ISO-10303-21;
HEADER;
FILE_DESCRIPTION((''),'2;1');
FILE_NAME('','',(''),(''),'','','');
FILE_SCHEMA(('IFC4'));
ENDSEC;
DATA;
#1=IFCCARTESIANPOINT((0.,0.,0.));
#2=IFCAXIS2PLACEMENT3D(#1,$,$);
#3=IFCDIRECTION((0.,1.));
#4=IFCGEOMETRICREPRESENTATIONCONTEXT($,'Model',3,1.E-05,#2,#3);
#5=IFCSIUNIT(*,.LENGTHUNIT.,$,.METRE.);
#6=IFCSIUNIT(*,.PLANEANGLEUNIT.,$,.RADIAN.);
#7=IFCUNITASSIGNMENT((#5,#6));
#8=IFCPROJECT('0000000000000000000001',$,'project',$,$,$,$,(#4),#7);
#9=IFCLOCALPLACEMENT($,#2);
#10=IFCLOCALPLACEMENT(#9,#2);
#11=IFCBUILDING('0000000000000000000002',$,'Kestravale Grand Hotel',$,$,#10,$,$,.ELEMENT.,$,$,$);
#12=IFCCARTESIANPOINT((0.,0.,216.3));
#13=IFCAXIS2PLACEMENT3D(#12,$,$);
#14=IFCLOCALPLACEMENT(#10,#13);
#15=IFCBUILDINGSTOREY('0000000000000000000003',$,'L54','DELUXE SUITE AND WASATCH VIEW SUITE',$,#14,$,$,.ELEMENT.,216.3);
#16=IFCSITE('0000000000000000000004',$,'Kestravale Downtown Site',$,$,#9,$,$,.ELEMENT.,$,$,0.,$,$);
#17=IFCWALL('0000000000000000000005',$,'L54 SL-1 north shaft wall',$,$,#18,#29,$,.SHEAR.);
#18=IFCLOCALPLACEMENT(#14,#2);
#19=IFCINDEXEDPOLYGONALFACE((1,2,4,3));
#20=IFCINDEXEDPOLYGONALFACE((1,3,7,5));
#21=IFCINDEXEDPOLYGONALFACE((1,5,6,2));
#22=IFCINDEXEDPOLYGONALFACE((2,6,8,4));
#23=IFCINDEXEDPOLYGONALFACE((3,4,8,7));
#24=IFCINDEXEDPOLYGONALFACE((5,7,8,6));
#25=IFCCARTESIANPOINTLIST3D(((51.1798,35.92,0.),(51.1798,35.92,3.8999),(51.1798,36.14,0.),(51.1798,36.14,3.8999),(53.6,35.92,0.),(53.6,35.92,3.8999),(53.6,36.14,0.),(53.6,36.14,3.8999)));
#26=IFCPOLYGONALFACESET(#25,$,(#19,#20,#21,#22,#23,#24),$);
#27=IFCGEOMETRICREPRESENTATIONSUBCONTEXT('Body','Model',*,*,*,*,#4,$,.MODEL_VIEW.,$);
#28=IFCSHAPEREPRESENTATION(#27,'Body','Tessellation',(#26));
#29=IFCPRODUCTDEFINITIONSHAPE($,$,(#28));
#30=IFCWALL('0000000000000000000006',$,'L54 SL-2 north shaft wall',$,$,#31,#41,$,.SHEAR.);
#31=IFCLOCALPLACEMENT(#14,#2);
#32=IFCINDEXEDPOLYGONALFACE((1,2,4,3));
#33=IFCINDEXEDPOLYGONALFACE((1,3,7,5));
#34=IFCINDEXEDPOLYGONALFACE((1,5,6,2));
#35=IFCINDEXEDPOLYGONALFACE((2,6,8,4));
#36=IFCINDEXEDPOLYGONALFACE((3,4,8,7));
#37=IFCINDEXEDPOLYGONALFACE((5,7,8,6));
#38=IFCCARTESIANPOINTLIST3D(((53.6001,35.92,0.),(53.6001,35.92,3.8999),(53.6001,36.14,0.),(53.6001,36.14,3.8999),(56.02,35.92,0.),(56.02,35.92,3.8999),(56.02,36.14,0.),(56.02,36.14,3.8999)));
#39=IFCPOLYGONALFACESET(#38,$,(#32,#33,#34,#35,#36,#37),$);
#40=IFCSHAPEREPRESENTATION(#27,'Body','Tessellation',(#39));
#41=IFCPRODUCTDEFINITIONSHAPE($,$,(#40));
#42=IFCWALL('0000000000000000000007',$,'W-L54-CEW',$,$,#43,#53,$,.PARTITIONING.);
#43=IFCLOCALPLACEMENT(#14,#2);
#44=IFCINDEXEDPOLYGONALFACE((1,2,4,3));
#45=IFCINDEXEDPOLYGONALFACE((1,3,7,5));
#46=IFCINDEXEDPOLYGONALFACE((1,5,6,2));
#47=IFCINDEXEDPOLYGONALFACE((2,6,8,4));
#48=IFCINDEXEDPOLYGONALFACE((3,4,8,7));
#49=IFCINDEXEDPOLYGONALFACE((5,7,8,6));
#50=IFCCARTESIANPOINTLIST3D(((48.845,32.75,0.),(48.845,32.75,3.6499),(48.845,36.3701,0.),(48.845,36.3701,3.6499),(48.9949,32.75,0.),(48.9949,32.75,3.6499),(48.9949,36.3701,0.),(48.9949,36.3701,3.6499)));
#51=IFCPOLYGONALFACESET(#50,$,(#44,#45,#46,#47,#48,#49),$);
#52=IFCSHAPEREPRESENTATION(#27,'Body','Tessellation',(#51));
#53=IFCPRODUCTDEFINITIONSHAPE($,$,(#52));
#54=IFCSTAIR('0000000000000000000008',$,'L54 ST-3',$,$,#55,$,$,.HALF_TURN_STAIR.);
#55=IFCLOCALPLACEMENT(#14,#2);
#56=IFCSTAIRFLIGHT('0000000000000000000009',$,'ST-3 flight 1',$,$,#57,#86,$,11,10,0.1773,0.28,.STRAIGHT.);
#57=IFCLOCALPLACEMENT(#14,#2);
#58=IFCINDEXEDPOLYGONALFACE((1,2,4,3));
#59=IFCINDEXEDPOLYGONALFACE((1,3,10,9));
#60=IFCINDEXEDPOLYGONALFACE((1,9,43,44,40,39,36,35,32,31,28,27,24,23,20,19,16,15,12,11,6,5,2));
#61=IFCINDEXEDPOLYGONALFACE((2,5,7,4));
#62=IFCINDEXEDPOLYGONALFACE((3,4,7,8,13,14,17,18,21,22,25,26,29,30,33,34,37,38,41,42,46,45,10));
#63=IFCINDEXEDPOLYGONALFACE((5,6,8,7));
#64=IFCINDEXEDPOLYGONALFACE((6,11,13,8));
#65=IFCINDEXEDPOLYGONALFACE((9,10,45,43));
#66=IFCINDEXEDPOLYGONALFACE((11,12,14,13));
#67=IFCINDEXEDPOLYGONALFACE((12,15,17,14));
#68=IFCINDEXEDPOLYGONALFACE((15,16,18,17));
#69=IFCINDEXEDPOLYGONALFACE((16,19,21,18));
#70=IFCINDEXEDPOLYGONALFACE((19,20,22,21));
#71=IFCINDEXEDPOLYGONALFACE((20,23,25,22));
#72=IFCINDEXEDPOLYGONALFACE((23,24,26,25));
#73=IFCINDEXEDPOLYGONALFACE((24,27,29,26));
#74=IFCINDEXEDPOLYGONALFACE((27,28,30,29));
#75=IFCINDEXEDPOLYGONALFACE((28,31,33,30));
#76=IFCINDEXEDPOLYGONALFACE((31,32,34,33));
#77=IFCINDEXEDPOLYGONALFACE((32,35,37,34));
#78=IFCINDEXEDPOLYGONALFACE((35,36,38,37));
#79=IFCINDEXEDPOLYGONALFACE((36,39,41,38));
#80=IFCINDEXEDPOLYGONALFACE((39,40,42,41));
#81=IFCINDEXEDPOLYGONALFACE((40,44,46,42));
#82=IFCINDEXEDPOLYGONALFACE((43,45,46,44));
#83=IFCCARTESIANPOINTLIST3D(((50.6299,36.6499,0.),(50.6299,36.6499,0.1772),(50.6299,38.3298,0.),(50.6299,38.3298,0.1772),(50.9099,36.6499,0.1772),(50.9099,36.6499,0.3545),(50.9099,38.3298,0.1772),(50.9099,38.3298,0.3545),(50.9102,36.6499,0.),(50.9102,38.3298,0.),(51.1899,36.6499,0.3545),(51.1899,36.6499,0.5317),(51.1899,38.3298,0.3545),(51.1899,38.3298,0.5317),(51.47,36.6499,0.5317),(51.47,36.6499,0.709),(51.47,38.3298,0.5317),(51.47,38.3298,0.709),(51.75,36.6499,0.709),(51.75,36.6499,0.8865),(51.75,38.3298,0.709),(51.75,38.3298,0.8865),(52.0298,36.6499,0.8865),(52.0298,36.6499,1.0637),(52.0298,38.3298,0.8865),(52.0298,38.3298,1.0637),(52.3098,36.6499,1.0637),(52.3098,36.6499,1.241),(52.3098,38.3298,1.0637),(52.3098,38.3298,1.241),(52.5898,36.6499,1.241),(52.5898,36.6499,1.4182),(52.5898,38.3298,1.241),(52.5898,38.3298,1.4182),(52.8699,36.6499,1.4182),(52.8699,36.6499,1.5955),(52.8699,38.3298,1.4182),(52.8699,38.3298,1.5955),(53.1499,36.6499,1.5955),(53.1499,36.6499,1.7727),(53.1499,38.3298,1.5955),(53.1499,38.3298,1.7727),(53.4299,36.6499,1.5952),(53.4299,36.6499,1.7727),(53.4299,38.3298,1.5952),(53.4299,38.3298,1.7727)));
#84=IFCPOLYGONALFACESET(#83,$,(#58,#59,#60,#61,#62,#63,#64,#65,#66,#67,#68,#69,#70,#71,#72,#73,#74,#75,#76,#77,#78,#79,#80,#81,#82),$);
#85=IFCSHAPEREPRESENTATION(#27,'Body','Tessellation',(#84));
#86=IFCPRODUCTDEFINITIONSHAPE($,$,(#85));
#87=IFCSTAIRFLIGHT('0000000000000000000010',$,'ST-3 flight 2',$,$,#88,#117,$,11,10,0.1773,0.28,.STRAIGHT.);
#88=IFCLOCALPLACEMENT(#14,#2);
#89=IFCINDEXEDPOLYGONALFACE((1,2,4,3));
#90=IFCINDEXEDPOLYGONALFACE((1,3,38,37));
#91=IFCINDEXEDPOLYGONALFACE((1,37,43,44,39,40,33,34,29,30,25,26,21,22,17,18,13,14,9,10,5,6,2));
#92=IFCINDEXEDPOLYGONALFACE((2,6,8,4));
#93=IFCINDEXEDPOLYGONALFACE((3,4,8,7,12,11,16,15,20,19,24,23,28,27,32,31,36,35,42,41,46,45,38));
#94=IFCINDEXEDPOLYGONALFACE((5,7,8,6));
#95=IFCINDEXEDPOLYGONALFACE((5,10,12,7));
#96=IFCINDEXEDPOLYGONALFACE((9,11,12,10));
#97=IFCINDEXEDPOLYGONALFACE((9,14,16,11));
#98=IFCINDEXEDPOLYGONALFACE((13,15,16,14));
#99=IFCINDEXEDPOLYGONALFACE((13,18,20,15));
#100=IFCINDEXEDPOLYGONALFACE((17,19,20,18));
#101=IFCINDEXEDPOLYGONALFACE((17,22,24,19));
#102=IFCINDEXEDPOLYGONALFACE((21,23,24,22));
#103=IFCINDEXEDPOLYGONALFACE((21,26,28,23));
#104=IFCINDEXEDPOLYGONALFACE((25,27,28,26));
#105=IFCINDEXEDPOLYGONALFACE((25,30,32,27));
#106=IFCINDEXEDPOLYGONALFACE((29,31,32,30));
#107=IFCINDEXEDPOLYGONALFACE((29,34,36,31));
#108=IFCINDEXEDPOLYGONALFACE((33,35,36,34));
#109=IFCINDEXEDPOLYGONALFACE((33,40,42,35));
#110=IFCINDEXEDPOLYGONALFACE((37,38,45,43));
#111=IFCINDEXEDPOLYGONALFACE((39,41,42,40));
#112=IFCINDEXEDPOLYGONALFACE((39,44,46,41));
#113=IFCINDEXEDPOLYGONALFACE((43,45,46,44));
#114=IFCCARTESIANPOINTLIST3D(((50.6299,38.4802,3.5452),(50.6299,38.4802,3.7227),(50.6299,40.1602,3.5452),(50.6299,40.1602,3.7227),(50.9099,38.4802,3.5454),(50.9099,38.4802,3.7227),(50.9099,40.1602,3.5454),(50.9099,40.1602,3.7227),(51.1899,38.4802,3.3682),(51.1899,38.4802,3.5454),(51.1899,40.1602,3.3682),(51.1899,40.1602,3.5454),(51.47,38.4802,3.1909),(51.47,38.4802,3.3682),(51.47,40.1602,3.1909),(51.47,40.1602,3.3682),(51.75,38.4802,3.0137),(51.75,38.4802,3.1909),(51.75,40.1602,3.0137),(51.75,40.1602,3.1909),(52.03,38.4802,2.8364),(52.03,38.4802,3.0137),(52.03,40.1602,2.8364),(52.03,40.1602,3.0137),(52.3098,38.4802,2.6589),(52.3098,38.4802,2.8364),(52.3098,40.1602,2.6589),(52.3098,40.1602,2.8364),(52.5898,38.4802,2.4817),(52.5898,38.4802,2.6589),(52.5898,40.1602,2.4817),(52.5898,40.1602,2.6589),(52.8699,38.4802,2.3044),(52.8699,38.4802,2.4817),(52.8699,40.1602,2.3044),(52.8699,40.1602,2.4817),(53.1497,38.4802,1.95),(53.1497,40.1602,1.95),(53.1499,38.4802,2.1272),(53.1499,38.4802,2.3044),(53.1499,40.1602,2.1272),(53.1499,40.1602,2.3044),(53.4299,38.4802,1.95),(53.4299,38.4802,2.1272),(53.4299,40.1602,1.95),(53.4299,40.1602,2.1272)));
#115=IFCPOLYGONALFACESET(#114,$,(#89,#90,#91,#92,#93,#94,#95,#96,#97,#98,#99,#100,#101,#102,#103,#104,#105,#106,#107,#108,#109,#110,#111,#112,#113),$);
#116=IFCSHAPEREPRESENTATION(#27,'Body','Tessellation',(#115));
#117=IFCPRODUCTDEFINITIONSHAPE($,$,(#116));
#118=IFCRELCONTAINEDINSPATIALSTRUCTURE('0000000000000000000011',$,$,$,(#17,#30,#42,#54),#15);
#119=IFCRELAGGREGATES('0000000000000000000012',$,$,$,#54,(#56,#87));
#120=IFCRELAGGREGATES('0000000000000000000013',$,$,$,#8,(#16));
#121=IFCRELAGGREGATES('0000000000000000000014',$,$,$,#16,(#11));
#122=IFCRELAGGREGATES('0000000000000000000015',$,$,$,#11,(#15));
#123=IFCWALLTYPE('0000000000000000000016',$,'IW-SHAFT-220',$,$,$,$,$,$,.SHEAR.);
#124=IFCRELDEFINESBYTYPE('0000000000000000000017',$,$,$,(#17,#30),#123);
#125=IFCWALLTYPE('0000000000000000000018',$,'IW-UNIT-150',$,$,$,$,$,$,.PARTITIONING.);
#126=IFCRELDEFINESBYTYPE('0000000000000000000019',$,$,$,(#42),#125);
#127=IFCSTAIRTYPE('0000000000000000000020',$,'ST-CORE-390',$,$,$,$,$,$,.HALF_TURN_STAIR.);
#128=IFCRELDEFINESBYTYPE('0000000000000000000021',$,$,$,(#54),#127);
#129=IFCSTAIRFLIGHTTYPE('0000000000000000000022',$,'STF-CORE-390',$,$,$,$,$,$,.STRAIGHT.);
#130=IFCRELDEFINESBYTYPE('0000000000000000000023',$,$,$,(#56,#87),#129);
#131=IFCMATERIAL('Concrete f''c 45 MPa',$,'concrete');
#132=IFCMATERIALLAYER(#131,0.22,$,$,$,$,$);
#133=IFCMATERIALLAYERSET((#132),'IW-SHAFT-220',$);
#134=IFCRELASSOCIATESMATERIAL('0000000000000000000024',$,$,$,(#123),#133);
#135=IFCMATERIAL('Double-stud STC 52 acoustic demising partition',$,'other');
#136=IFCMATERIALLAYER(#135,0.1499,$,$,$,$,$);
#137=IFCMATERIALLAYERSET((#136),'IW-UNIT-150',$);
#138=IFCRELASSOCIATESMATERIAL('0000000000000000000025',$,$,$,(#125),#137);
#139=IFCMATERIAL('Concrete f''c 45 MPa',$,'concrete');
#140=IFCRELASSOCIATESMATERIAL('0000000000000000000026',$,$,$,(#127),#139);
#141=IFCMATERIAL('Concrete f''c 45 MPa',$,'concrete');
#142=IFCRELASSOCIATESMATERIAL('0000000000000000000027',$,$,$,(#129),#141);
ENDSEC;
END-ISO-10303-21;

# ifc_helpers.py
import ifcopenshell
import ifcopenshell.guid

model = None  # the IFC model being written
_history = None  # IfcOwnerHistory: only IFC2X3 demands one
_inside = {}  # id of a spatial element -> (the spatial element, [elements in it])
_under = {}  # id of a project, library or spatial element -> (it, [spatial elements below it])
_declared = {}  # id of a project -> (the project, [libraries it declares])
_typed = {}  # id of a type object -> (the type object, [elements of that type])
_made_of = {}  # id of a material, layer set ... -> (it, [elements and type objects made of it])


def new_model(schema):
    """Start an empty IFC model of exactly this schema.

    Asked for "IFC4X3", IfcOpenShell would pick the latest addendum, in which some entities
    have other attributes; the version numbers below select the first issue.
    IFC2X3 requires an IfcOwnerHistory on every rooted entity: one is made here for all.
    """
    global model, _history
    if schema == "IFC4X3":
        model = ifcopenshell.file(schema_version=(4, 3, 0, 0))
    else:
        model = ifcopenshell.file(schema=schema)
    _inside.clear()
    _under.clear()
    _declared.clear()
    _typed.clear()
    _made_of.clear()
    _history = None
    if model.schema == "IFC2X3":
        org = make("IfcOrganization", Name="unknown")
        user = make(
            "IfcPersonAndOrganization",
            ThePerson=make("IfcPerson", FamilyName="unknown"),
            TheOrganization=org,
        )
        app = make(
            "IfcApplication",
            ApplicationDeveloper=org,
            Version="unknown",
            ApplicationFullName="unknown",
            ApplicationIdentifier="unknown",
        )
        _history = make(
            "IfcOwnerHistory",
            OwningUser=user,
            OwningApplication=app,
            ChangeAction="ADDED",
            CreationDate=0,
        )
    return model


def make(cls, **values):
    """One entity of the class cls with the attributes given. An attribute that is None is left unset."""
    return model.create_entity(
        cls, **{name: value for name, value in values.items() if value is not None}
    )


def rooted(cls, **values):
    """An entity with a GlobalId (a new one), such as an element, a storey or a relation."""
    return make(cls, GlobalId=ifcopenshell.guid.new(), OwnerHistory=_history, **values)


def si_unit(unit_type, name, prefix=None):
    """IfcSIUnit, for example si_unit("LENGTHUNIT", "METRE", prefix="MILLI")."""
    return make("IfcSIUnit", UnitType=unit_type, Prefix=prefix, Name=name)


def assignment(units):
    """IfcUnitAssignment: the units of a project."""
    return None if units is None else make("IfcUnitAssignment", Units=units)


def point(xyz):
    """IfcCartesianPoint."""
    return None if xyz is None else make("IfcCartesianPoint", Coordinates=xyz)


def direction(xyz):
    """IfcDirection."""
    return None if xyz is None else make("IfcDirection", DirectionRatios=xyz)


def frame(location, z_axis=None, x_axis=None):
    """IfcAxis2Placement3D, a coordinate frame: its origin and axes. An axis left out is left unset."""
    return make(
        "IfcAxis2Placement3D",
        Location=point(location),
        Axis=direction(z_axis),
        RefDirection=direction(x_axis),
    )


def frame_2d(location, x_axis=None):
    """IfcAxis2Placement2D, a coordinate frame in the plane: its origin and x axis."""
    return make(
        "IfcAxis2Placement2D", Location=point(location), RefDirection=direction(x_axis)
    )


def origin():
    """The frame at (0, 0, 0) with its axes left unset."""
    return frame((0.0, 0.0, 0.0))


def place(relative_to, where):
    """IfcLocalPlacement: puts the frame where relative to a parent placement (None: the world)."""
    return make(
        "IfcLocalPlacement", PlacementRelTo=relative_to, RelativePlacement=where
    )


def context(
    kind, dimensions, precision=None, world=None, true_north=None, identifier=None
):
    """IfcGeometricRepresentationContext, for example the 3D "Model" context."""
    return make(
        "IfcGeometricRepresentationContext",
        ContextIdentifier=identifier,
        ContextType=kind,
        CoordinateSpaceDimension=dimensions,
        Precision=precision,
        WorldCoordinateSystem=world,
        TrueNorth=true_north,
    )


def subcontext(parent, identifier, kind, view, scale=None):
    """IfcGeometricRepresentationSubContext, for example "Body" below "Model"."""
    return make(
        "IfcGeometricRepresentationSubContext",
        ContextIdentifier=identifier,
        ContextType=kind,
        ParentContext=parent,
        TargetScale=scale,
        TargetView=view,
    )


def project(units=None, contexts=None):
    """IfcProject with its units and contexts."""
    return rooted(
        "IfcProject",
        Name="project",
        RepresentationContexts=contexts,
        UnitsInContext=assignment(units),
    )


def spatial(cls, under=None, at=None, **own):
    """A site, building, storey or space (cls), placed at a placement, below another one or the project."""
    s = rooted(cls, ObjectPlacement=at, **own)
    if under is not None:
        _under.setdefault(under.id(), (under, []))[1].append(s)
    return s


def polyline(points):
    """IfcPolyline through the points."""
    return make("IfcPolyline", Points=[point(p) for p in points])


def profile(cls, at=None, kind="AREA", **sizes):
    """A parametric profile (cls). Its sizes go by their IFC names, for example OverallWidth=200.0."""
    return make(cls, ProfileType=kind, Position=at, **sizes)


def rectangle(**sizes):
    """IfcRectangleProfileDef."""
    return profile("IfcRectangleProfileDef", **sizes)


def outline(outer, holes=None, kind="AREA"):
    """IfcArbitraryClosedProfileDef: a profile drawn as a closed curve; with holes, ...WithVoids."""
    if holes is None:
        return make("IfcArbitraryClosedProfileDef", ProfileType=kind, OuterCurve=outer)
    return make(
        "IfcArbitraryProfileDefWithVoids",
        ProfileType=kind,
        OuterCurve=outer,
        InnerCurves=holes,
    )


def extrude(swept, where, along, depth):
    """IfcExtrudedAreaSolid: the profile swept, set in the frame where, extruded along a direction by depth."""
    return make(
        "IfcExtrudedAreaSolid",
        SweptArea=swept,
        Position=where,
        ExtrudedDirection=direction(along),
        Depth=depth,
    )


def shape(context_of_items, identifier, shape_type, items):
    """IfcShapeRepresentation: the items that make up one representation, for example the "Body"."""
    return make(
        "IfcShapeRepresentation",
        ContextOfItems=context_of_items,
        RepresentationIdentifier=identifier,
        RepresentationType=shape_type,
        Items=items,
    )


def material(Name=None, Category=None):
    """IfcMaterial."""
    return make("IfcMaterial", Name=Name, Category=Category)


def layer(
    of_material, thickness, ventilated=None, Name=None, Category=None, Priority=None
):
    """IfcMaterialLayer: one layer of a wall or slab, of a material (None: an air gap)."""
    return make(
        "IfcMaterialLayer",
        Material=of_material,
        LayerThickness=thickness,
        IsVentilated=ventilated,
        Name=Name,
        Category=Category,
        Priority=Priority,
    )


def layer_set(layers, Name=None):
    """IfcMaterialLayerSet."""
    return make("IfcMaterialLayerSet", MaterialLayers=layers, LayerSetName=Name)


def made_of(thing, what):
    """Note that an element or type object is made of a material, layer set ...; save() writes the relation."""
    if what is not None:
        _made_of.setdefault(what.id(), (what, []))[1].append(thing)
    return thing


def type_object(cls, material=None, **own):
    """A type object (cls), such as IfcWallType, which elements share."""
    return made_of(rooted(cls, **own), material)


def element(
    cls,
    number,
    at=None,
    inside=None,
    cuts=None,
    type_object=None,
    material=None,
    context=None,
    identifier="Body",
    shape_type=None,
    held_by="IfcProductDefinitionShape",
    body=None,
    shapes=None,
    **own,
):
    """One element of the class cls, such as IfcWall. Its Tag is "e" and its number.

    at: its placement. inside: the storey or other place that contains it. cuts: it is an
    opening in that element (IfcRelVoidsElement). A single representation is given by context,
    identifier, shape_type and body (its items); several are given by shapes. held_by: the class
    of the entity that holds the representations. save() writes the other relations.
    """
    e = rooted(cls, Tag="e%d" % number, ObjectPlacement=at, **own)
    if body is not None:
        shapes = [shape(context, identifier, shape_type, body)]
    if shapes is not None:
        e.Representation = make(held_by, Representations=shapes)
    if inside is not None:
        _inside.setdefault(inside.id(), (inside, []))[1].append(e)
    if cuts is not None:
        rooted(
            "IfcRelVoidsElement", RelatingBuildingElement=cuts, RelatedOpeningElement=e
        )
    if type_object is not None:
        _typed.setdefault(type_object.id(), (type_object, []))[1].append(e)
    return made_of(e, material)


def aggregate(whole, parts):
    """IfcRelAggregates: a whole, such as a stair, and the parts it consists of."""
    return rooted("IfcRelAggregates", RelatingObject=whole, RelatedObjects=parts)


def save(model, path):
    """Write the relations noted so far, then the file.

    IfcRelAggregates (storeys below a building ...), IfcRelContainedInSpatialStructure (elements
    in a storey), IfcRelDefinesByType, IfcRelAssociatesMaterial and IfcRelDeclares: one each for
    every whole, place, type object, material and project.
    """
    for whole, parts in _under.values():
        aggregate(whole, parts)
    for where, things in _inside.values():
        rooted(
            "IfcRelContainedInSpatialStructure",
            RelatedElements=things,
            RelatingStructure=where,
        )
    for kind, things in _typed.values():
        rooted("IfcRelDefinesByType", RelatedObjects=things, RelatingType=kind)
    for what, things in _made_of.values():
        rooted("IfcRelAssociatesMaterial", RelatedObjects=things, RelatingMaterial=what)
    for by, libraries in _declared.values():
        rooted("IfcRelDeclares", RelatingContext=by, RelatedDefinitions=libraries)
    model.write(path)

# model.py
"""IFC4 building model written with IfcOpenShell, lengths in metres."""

from ifc_helpers import new_model, si_unit, direction, frame, frame_2d, origin, place, context, subcontext, project, spatial, polyline, rectangle, outline, extrude, material, layer, layer_set, type_object, element, aggregate, save


model = new_model("IFC4")

# Units and contexts
model_context = context("Model", 3, precision=1e-05, world=origin(), true_north=direction((0.0, 1.0)))
body_context = subcontext(model_context, "Body", "Model", "MODEL_VIEW")
ifc_project = project(units=[si_unit("LENGTHUNIT", "METRE"), si_unit("PLANEANGLEUNIT", "RADIAN")], contexts=[model_context])

# Site, building, storey
site_placement = place(None, origin())
site = spatial("IfcSite", under=ifc_project, at=site_placement, Name="Kestravale Downtown Site", CompositionType="ELEMENT", RefElevation=0.0)
building_placement = place(site_placement, origin())
building = spatial("IfcBuilding", under=site, at=building_placement, Name="Kestravale Grand Hotel", CompositionType="ELEMENT")
storey_placement = place(building_placement, frame((0.0, 0.0, 216.3)))
storey = spatial("IfcBuildingStorey", under=building, at=storey_placement, Name="L54", Description="DELUXE SUITE AND WASATCH VIEW SUITE", CompositionType="ELEMENT", Elevation=216.3)

# Wall
ifc_material_1 = material(Name="Concrete f'c 45 MPa", Category="concrete")
ifc_layer_1 = layer(ifc_material_1, 0.22)
ifc_layer_set_1 = layer_set([ifc_layer_1], Name="IW-SHAFT-220")
wall_type_1 = type_object("IfcWallType", Name="IW-SHAFT-220", PredefinedType="SHEAR", material=ifc_layer_set_1)
wall_1_placement = place(storey_placement, frame((51.1799, 36.03, 0.0), z_axis=(0.0, 0.0, 1.0), x_axis=(1.0, 0.0, 0.0)))
element("IfcWall", 1, at=wall_1_placement, inside=storey, type_object=wall_type_1, Name="L54 SL-1 north shaft wall", PredefinedType="SHEAR", context=body_context, shape_type="SweptSolid", body=[
    extrude(rectangle(XDim=2.4202, YDim=0.22, at=frame_2d((1.21, 0.0))), origin(), (0.0, 0.0, 1.0), 3.8999),
])

# Wall
wall_2_placement = place(storey_placement, frame((53.6001, 36.03, 0.0), z_axis=(0.0, 0.0, 1.0), x_axis=(1.0, 0.0, 0.0)))
element("IfcWall", 2, at=wall_2_placement, inside=storey, type_object=wall_type_1, Name="L54 SL-2 north shaft wall", PredefinedType="SHEAR", context=body_context, shape_type="SweptSolid", body=[
    extrude(rectangle(XDim=2.4199, YDim=0.22, at=frame_2d((1.21, 0.0))), origin(), (0.0, 0.0, 1.0), 3.8999),
])

# Wall
ifc_material_2 = material(Name="Double-stud STC 52 acoustic demising partition", Category="other")
ifc_layer_2 = layer(ifc_material_2, 0.1499)
ifc_layer_set_2 = layer_set([ifc_layer_2], Name="IW-UNIT-150")
wall_type_2 = type_object("IfcWallType", Name="IW-UNIT-150", PredefinedType="PARTITIONING", material=ifc_layer_set_2)
wall_3_placement = place(storey_placement, frame((48.9199, 32.75, 0.0), z_axis=(0.0, 0.0, 1.0), x_axis=(0.0, 1.0, 0.0)))
element("IfcWall", 3, at=wall_3_placement, inside=storey, type_object=wall_type_2, Name="W-L54-CEW", PredefinedType="PARTITIONING", context=body_context, shape_type="SweptSolid", body=[
    extrude(rectangle(XDim=3.6201, YDim=0.1499, at=frame_2d((1.8101, 0.0))), origin(), (0.0, 0.0, 1.0), 3.6499),
])

# Stair, stair flights
ifc_material_3 = material(Name="Concrete f'c 45 MPa", Category="concrete")
stair_type = type_object("IfcStairType", Name="ST-CORE-390", PredefinedType="HALF_TURN_STAIR", material=ifc_material_3)
stair_placement = place(storey_placement, origin())
stair = element("IfcStair", 4, at=stair_placement, inside=storey, type_object=stair_type, Name="L54 ST-3", PredefinedType="HALF_TURN_STAIR")
ifc_material_4 = material(Name="Concrete f'c 45 MPa", Category="concrete")
stair_flight_type = type_object("IfcStairFlightType", Name="STF-CORE-390", PredefinedType="STRAIGHT", material=ifc_material_4)
stair_flight_1_placement = place(storey_placement, frame((50.6299, 37.49, 0.0), z_axis=(0.0, 0.0, 1.0), x_axis=(1.0, 0.0, 0.0)))
stair_flight_1 = element("IfcStairFlight", 5, at=stair_flight_1_placement, type_object=stair_flight_type, Name="ST-3 flight 1", NumberOfRisers=11, NumberOfTreads=10, PredefinedType="STRAIGHT", RiserHeight=0.1773, TreadLength=0.28, context=body_context, shape_type="SweptSolid", body=[
    extrude(outline(polyline([(0.0, 0.0), (0.0, 0.1772), (0.28, 0.1772), (0.28, 0.3545), (0.5601, 0.3545), (0.5601, 0.5317), (0.8401, 0.5317), (0.8401, 0.709), (1.1201, 0.709), (1.1201, 0.8865), (1.3999, 0.8865), (1.3999, 1.0637), (1.6799, 1.0637), (1.6799, 1.241), (1.96, 1.241), (1.96, 1.4182), (2.24, 1.4182), (2.24, 1.5955), (2.52, 1.5955), (2.52, 1.7727), (2.8, 1.7727), (2.8, 1.95), (2.8, 1.5952), (0.2803, 0.0), (0.0, 0.0)])), frame((0.0, 0.8398, 0.0), z_axis=(0.0, -1.0, 0.0), x_axis=(1.0, 0.0, 0.0)), (0.0, 0.0, 1.0), 1.6799),
])
stair_flight_2_placement = place(storey_placement, frame((53.4299, 39.3201, 1.95), z_axis=(0.0, 0.0, 1.0), x_axis=(-1.0, 0.0, 0.0)))
stair_flight_2 = element("IfcStairFlight", 6, at=stair_flight_2_placement, type_object=stair_flight_type, Name="ST-3 flight 2", NumberOfRisers=11, NumberOfTreads=10, PredefinedType="STRAIGHT", RiserHeight=0.1773, TreadLength=0.28, context=body_context, shape_type="SweptSolid", body=[
    extrude(outline(polyline([(0.0, 0.0), (0.0, 0.1772), (0.28, 0.1772), (0.28, 0.3545), (0.5601, 0.3545), (0.5601, 0.5317), (0.8401, 0.5317), (0.8401, 0.709), (1.1201, 0.709), (1.1201, 0.8865), (1.3999, 0.8865), (1.3999, 1.0637), (1.6799, 1.0637), (1.6799, 1.241), (1.96, 1.241), (1.96, 1.4182), (2.24, 1.4182), (2.24, 1.5955), (2.52, 1.5955), (2.52, 1.7727), (2.8, 1.7727), (2.8, 1.95), (2.8, 1.5952), (0.2803, 0.0), (0.0, 0.0)])), frame((0.0, 0.8398, 0.0), z_axis=(0.0, -1.0, 0.0), x_axis=(1.0, 0.0, 0.0)), (0.0, 0.0, 1.0), 1.6799),
])
aggregate(stair, [stair_flight_1, stair_flight_2])

save(model, "model.ifc")
